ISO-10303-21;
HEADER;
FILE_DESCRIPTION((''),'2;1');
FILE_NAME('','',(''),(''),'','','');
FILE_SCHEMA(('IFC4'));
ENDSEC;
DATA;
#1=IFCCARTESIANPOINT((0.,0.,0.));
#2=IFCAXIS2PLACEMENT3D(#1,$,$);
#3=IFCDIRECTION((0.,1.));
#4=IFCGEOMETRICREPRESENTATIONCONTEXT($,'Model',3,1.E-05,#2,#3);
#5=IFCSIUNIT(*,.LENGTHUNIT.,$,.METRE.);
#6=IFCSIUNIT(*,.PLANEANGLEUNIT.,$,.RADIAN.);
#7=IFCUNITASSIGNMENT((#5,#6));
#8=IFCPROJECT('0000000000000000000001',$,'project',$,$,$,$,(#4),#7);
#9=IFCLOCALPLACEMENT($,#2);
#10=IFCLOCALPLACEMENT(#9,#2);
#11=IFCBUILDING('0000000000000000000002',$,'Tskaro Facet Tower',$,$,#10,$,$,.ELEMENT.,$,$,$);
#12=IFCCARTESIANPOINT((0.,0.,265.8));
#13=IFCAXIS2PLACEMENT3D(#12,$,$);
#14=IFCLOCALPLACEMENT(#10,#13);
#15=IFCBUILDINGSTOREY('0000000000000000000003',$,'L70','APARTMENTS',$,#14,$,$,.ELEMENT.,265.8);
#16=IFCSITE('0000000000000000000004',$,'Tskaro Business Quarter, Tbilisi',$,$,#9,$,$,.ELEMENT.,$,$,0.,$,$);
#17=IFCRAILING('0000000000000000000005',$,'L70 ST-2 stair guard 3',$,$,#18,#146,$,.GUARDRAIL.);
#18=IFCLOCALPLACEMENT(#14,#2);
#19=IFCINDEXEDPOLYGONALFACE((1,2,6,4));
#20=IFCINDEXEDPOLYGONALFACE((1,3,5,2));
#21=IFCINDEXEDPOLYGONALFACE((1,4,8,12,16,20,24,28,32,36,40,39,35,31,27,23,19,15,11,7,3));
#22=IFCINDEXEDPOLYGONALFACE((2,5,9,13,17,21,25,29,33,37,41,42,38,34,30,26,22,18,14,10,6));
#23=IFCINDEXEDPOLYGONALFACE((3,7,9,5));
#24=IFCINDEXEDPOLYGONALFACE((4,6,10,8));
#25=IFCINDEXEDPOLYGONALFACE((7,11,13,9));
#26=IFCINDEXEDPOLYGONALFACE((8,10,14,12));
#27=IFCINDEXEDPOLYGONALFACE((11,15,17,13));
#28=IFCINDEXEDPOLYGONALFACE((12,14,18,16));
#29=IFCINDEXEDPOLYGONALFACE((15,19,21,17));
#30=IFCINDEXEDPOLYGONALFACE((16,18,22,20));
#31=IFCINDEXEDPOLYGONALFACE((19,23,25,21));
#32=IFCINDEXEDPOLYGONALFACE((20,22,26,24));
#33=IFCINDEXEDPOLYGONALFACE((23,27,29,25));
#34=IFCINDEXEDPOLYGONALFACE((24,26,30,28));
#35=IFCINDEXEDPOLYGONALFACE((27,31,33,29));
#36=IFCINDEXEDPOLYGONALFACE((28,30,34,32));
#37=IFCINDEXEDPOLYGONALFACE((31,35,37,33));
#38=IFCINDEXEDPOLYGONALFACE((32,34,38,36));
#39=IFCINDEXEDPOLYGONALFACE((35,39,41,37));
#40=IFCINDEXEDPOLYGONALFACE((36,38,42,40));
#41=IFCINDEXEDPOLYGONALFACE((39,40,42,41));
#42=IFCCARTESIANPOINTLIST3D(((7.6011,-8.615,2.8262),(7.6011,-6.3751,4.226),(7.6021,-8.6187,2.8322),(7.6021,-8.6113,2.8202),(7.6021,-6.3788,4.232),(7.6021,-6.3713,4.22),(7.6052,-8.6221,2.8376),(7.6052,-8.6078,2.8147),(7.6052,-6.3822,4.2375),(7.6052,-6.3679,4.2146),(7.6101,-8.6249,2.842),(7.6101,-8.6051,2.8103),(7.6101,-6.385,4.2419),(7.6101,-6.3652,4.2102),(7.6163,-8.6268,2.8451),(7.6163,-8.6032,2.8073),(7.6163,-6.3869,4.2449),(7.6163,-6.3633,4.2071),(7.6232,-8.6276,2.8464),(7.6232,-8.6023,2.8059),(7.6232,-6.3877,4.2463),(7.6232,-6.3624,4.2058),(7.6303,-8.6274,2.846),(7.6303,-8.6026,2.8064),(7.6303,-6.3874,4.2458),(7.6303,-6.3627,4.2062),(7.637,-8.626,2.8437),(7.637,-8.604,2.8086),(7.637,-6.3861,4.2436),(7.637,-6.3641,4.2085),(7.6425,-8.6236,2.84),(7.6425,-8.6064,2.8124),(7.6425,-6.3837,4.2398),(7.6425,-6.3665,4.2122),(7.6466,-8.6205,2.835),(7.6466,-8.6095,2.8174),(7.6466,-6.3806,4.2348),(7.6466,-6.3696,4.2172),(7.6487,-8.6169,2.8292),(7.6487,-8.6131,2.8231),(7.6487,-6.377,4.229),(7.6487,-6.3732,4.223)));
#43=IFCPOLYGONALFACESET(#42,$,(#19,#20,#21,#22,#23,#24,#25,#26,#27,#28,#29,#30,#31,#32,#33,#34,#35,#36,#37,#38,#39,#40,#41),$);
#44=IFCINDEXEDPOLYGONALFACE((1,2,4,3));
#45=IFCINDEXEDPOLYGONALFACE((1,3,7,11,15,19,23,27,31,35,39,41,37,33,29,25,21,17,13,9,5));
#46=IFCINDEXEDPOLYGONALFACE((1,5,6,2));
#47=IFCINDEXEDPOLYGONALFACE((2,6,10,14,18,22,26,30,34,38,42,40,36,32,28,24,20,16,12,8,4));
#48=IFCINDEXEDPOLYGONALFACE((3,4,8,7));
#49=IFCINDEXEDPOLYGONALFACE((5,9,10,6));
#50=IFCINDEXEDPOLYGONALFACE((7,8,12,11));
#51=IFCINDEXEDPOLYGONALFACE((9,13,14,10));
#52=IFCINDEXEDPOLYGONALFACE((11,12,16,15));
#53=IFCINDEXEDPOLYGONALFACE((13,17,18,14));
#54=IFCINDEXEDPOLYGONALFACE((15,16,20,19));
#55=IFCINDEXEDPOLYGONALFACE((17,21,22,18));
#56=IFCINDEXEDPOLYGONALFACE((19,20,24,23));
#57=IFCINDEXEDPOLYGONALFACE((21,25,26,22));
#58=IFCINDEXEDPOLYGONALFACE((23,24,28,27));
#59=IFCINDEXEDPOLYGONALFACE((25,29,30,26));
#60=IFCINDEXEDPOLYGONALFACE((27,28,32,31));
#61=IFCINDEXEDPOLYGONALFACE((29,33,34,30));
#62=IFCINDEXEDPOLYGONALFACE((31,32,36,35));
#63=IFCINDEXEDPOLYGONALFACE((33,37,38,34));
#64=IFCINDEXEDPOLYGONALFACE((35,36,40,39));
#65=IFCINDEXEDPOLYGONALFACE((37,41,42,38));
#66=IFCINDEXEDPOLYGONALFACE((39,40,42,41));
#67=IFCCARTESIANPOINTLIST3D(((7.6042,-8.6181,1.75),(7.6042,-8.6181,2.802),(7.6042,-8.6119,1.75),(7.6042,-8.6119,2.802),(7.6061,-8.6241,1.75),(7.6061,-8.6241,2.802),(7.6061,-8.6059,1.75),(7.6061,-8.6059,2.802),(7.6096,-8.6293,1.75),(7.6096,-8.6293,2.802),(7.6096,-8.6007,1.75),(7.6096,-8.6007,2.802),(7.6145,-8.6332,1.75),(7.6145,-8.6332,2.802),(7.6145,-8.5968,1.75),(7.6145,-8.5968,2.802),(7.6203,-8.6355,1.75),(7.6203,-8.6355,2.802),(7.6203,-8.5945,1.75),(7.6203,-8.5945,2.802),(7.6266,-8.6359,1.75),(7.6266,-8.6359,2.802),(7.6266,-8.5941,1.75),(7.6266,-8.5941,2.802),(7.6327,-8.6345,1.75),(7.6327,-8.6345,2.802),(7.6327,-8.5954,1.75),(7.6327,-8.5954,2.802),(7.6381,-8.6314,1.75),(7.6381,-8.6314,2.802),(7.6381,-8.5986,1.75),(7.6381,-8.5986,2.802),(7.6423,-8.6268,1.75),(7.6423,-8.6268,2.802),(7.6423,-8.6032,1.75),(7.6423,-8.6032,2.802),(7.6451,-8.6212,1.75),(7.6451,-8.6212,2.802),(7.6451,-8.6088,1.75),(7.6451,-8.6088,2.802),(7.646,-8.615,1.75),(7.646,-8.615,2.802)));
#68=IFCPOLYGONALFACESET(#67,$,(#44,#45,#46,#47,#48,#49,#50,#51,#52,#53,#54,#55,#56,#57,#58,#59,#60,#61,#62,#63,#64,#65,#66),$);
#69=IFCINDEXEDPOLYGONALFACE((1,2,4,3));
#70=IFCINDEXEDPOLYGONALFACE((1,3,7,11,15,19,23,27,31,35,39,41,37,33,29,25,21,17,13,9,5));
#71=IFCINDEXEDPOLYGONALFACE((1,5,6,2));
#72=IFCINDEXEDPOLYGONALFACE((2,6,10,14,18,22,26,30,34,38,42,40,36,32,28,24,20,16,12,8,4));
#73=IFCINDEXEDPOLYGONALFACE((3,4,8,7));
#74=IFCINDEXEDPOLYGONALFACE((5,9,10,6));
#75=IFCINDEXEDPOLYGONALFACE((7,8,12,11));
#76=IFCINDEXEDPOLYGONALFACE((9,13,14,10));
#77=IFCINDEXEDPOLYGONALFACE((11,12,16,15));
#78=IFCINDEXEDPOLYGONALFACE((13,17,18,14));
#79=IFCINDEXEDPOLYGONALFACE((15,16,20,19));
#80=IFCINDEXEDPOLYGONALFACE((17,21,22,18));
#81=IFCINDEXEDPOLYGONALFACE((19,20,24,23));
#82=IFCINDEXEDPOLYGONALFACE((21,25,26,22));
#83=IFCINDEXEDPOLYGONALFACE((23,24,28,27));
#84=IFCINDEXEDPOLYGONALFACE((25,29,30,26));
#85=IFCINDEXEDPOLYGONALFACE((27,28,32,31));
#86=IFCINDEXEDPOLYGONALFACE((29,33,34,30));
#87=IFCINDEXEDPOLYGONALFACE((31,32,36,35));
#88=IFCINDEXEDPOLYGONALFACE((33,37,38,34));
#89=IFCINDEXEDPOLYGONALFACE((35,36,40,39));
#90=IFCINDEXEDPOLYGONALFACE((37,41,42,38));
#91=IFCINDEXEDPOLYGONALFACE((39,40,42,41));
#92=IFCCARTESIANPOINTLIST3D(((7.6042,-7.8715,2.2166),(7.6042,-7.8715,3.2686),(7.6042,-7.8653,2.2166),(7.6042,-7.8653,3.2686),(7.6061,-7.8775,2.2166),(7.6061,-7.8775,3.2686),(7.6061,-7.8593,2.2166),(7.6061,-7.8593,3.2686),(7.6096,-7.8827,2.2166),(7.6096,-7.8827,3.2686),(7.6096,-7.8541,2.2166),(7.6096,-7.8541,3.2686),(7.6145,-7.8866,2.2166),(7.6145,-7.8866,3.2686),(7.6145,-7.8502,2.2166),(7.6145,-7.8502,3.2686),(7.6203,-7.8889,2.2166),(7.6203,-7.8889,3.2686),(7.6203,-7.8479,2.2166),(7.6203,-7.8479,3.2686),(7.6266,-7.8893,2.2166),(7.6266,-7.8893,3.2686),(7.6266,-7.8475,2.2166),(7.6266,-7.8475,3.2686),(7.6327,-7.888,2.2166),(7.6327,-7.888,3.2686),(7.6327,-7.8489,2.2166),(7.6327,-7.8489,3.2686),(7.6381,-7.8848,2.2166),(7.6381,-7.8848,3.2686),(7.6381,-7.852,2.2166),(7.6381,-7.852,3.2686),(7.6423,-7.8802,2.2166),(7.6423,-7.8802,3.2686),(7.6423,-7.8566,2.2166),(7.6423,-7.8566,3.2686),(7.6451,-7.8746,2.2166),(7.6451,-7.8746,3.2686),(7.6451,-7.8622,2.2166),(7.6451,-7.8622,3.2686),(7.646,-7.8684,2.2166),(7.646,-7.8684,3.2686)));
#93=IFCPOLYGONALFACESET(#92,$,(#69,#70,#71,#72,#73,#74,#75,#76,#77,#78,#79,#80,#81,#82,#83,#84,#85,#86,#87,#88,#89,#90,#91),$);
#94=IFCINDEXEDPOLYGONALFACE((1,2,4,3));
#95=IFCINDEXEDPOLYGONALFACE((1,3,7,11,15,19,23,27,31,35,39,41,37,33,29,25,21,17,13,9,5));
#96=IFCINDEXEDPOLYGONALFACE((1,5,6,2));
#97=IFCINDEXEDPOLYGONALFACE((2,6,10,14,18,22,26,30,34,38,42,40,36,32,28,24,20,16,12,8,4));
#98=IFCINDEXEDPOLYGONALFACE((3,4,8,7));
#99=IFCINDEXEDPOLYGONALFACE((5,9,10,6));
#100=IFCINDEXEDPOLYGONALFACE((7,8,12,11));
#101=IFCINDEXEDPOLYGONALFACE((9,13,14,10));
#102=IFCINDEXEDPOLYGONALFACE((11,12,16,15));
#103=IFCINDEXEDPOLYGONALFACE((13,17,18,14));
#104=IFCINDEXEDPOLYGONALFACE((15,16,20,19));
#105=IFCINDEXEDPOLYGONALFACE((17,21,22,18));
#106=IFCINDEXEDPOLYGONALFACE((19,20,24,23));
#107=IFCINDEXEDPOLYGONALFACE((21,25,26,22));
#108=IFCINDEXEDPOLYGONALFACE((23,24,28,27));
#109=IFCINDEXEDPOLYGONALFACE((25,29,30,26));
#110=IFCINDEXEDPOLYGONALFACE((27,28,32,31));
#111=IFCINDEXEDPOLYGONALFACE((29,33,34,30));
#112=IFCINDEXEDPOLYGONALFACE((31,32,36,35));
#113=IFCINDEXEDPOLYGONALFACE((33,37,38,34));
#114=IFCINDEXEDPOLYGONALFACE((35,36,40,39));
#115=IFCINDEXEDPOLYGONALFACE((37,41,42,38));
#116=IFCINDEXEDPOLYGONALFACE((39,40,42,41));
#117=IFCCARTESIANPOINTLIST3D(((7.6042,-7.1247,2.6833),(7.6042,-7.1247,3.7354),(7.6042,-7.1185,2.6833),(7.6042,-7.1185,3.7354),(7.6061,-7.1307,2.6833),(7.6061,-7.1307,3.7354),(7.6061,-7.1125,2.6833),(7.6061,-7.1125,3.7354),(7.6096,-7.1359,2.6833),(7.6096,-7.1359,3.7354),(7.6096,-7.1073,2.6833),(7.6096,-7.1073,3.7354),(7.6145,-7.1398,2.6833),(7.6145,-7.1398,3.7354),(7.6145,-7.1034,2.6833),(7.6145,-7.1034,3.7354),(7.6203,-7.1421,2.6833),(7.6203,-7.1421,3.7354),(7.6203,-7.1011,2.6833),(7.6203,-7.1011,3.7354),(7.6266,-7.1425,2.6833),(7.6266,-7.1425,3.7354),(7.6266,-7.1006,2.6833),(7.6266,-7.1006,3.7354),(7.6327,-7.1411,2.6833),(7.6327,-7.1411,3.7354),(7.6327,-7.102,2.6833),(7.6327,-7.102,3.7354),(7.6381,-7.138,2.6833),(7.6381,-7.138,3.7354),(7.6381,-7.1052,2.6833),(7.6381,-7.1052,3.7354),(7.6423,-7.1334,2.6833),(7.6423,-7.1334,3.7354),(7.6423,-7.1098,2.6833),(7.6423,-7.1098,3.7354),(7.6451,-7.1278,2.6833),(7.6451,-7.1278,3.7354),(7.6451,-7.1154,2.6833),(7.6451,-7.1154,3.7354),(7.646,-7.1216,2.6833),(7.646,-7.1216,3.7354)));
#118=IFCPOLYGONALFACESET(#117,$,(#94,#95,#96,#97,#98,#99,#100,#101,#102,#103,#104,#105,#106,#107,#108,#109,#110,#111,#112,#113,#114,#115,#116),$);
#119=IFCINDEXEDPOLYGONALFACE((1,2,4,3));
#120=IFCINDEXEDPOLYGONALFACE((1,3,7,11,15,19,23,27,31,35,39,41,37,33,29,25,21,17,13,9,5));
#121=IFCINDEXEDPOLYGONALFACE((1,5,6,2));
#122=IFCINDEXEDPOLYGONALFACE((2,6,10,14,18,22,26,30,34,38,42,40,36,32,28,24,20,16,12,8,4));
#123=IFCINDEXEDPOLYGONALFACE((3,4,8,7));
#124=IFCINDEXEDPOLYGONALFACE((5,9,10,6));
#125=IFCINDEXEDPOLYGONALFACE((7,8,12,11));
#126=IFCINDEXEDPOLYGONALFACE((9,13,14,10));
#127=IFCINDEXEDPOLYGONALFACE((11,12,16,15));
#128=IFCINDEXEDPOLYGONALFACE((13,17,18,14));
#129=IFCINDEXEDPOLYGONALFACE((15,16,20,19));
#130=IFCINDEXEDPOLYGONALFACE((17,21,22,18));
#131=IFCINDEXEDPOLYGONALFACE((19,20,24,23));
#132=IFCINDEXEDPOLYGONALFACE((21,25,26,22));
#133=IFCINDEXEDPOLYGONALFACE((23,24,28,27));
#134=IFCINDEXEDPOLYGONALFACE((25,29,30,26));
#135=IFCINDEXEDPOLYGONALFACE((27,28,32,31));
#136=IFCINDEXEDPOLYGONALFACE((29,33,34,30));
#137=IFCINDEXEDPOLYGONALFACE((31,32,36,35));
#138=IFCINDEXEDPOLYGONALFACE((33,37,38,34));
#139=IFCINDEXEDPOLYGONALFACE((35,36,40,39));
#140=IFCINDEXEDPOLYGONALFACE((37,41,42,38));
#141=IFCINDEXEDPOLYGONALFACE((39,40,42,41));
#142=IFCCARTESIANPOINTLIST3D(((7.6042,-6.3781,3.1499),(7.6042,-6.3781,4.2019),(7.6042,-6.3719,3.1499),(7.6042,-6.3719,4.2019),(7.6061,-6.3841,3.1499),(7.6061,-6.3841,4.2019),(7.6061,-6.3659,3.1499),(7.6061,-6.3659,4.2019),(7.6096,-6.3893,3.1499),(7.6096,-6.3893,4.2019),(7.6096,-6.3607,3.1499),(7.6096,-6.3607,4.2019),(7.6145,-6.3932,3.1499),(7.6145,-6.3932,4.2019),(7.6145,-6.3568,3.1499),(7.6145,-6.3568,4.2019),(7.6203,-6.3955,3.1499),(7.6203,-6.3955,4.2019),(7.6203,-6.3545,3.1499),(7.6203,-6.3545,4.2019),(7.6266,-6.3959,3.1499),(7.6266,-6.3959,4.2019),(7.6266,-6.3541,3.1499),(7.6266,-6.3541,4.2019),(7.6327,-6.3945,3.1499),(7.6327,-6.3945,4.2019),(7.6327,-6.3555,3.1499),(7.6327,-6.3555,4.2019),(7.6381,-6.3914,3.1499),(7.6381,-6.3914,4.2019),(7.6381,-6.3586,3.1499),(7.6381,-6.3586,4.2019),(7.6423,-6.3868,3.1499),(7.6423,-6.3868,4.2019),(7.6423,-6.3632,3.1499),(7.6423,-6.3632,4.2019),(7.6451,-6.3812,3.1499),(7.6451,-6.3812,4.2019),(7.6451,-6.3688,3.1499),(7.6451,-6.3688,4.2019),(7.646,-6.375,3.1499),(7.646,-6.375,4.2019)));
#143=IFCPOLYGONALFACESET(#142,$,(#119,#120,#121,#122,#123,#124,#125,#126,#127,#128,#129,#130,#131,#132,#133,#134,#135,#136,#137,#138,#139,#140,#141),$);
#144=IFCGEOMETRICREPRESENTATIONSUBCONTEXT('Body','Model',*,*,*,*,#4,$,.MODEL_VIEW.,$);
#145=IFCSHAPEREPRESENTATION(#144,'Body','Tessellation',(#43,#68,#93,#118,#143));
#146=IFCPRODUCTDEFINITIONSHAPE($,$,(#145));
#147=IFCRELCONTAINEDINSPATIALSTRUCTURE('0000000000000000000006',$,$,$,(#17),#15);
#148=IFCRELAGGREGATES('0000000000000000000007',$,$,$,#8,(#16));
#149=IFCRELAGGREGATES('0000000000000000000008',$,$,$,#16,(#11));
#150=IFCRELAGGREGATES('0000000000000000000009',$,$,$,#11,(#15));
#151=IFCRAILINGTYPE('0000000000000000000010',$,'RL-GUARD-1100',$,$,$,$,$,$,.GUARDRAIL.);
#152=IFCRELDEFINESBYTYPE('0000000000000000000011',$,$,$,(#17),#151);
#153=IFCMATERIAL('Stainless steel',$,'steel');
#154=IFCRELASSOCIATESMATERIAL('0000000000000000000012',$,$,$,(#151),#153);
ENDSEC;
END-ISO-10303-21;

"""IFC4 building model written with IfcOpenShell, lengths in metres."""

from ifc_helpers import new_model, si_unit, direction, frame, origin, origin_2d, place, context, subcontext, project, spatial, circle, extrude, material, type_object, element, save


model = new_model("IFC4")

# Units and contexts
model_context = context("Model", 3, precision=1e-05, world=origin(), true_north=direction((0.0, 1.0)))
body_context = subcontext(model_context, "Body", "Model", "MODEL_VIEW")
ifc_project = project(units=[si_unit("LENGTHUNIT", "METRE"), si_unit("PLANEANGLEUNIT", "RADIAN")], contexts=[model_context])

# Site, building, storey
site_placement = place(None, origin())
site = spatial("IfcSite", under=ifc_project, at=site_placement, Name="Tskaro Business Quarter, Tbilisi", CompositionType="ELEMENT", RefElevation=0.0)
building_placement = place(site_placement, origin())
building = spatial("IfcBuilding", under=site, at=building_placement, Name="Tskaro Facet Tower", CompositionType="ELEMENT")
storey_placement = place(building_placement, frame((0.0, 0.0, 265.8)))
storey = spatial("IfcBuildingStorey", under=building, at=storey_placement, Name="L70", Description="APARTMENTS", CompositionType="ELEMENT", Elevation=265.8)

# Railing
ifc_material_1 = material(Name="Stainless steel", Category="steel")
railing_type_1 = type_object("IfcRailingType", Name="RL-GUARD-1100", PredefinedType="GUARDRAIL", material=ifc_material_1)
railing_1_placement = place(storey_placement, frame((7.625, -8.615, 1.75)))
element("IfcRailing", 1, at=railing_1_placement, inside=storey, type_object=railing_type_1, Name="L70 ST-2 stair guard 3", PredefinedType="GUARDRAIL", context=body_context, shape_type="SweptSolid", body=[
    extrude(circle(Radius=0.0239, at=origin_2d()), frame((0.0, 0.0, 1.0762), z_axis=(0.0, 0.848014, 0.529974), x_axis=(-1.0, 0.0, 0.0)), (0.0, 0.0, 1.0), 2.6414),
    extrude(circle(Radius=0.021, at=origin_2d()), origin(), (0.0, 0.0, 1.0), 1.052),
    extrude(circle(Radius=0.021, at=origin_2d()), frame((0.0, 0.7466, 0.4666)), (0.0, 0.0, 1.0), 1.052),
    extrude(circle(Radius=0.021, at=origin_2d()), frame((0.0, 1.4934, 0.9333)), (0.0, 0.0, 1.0), 1.052),
    extrude(circle(Radius=0.021, at=origin_2d()), frame((0.0, 2.24, 1.3999)), (0.0, 0.0, 1.0), 1.052),
])

save(model, "model.ifc")
